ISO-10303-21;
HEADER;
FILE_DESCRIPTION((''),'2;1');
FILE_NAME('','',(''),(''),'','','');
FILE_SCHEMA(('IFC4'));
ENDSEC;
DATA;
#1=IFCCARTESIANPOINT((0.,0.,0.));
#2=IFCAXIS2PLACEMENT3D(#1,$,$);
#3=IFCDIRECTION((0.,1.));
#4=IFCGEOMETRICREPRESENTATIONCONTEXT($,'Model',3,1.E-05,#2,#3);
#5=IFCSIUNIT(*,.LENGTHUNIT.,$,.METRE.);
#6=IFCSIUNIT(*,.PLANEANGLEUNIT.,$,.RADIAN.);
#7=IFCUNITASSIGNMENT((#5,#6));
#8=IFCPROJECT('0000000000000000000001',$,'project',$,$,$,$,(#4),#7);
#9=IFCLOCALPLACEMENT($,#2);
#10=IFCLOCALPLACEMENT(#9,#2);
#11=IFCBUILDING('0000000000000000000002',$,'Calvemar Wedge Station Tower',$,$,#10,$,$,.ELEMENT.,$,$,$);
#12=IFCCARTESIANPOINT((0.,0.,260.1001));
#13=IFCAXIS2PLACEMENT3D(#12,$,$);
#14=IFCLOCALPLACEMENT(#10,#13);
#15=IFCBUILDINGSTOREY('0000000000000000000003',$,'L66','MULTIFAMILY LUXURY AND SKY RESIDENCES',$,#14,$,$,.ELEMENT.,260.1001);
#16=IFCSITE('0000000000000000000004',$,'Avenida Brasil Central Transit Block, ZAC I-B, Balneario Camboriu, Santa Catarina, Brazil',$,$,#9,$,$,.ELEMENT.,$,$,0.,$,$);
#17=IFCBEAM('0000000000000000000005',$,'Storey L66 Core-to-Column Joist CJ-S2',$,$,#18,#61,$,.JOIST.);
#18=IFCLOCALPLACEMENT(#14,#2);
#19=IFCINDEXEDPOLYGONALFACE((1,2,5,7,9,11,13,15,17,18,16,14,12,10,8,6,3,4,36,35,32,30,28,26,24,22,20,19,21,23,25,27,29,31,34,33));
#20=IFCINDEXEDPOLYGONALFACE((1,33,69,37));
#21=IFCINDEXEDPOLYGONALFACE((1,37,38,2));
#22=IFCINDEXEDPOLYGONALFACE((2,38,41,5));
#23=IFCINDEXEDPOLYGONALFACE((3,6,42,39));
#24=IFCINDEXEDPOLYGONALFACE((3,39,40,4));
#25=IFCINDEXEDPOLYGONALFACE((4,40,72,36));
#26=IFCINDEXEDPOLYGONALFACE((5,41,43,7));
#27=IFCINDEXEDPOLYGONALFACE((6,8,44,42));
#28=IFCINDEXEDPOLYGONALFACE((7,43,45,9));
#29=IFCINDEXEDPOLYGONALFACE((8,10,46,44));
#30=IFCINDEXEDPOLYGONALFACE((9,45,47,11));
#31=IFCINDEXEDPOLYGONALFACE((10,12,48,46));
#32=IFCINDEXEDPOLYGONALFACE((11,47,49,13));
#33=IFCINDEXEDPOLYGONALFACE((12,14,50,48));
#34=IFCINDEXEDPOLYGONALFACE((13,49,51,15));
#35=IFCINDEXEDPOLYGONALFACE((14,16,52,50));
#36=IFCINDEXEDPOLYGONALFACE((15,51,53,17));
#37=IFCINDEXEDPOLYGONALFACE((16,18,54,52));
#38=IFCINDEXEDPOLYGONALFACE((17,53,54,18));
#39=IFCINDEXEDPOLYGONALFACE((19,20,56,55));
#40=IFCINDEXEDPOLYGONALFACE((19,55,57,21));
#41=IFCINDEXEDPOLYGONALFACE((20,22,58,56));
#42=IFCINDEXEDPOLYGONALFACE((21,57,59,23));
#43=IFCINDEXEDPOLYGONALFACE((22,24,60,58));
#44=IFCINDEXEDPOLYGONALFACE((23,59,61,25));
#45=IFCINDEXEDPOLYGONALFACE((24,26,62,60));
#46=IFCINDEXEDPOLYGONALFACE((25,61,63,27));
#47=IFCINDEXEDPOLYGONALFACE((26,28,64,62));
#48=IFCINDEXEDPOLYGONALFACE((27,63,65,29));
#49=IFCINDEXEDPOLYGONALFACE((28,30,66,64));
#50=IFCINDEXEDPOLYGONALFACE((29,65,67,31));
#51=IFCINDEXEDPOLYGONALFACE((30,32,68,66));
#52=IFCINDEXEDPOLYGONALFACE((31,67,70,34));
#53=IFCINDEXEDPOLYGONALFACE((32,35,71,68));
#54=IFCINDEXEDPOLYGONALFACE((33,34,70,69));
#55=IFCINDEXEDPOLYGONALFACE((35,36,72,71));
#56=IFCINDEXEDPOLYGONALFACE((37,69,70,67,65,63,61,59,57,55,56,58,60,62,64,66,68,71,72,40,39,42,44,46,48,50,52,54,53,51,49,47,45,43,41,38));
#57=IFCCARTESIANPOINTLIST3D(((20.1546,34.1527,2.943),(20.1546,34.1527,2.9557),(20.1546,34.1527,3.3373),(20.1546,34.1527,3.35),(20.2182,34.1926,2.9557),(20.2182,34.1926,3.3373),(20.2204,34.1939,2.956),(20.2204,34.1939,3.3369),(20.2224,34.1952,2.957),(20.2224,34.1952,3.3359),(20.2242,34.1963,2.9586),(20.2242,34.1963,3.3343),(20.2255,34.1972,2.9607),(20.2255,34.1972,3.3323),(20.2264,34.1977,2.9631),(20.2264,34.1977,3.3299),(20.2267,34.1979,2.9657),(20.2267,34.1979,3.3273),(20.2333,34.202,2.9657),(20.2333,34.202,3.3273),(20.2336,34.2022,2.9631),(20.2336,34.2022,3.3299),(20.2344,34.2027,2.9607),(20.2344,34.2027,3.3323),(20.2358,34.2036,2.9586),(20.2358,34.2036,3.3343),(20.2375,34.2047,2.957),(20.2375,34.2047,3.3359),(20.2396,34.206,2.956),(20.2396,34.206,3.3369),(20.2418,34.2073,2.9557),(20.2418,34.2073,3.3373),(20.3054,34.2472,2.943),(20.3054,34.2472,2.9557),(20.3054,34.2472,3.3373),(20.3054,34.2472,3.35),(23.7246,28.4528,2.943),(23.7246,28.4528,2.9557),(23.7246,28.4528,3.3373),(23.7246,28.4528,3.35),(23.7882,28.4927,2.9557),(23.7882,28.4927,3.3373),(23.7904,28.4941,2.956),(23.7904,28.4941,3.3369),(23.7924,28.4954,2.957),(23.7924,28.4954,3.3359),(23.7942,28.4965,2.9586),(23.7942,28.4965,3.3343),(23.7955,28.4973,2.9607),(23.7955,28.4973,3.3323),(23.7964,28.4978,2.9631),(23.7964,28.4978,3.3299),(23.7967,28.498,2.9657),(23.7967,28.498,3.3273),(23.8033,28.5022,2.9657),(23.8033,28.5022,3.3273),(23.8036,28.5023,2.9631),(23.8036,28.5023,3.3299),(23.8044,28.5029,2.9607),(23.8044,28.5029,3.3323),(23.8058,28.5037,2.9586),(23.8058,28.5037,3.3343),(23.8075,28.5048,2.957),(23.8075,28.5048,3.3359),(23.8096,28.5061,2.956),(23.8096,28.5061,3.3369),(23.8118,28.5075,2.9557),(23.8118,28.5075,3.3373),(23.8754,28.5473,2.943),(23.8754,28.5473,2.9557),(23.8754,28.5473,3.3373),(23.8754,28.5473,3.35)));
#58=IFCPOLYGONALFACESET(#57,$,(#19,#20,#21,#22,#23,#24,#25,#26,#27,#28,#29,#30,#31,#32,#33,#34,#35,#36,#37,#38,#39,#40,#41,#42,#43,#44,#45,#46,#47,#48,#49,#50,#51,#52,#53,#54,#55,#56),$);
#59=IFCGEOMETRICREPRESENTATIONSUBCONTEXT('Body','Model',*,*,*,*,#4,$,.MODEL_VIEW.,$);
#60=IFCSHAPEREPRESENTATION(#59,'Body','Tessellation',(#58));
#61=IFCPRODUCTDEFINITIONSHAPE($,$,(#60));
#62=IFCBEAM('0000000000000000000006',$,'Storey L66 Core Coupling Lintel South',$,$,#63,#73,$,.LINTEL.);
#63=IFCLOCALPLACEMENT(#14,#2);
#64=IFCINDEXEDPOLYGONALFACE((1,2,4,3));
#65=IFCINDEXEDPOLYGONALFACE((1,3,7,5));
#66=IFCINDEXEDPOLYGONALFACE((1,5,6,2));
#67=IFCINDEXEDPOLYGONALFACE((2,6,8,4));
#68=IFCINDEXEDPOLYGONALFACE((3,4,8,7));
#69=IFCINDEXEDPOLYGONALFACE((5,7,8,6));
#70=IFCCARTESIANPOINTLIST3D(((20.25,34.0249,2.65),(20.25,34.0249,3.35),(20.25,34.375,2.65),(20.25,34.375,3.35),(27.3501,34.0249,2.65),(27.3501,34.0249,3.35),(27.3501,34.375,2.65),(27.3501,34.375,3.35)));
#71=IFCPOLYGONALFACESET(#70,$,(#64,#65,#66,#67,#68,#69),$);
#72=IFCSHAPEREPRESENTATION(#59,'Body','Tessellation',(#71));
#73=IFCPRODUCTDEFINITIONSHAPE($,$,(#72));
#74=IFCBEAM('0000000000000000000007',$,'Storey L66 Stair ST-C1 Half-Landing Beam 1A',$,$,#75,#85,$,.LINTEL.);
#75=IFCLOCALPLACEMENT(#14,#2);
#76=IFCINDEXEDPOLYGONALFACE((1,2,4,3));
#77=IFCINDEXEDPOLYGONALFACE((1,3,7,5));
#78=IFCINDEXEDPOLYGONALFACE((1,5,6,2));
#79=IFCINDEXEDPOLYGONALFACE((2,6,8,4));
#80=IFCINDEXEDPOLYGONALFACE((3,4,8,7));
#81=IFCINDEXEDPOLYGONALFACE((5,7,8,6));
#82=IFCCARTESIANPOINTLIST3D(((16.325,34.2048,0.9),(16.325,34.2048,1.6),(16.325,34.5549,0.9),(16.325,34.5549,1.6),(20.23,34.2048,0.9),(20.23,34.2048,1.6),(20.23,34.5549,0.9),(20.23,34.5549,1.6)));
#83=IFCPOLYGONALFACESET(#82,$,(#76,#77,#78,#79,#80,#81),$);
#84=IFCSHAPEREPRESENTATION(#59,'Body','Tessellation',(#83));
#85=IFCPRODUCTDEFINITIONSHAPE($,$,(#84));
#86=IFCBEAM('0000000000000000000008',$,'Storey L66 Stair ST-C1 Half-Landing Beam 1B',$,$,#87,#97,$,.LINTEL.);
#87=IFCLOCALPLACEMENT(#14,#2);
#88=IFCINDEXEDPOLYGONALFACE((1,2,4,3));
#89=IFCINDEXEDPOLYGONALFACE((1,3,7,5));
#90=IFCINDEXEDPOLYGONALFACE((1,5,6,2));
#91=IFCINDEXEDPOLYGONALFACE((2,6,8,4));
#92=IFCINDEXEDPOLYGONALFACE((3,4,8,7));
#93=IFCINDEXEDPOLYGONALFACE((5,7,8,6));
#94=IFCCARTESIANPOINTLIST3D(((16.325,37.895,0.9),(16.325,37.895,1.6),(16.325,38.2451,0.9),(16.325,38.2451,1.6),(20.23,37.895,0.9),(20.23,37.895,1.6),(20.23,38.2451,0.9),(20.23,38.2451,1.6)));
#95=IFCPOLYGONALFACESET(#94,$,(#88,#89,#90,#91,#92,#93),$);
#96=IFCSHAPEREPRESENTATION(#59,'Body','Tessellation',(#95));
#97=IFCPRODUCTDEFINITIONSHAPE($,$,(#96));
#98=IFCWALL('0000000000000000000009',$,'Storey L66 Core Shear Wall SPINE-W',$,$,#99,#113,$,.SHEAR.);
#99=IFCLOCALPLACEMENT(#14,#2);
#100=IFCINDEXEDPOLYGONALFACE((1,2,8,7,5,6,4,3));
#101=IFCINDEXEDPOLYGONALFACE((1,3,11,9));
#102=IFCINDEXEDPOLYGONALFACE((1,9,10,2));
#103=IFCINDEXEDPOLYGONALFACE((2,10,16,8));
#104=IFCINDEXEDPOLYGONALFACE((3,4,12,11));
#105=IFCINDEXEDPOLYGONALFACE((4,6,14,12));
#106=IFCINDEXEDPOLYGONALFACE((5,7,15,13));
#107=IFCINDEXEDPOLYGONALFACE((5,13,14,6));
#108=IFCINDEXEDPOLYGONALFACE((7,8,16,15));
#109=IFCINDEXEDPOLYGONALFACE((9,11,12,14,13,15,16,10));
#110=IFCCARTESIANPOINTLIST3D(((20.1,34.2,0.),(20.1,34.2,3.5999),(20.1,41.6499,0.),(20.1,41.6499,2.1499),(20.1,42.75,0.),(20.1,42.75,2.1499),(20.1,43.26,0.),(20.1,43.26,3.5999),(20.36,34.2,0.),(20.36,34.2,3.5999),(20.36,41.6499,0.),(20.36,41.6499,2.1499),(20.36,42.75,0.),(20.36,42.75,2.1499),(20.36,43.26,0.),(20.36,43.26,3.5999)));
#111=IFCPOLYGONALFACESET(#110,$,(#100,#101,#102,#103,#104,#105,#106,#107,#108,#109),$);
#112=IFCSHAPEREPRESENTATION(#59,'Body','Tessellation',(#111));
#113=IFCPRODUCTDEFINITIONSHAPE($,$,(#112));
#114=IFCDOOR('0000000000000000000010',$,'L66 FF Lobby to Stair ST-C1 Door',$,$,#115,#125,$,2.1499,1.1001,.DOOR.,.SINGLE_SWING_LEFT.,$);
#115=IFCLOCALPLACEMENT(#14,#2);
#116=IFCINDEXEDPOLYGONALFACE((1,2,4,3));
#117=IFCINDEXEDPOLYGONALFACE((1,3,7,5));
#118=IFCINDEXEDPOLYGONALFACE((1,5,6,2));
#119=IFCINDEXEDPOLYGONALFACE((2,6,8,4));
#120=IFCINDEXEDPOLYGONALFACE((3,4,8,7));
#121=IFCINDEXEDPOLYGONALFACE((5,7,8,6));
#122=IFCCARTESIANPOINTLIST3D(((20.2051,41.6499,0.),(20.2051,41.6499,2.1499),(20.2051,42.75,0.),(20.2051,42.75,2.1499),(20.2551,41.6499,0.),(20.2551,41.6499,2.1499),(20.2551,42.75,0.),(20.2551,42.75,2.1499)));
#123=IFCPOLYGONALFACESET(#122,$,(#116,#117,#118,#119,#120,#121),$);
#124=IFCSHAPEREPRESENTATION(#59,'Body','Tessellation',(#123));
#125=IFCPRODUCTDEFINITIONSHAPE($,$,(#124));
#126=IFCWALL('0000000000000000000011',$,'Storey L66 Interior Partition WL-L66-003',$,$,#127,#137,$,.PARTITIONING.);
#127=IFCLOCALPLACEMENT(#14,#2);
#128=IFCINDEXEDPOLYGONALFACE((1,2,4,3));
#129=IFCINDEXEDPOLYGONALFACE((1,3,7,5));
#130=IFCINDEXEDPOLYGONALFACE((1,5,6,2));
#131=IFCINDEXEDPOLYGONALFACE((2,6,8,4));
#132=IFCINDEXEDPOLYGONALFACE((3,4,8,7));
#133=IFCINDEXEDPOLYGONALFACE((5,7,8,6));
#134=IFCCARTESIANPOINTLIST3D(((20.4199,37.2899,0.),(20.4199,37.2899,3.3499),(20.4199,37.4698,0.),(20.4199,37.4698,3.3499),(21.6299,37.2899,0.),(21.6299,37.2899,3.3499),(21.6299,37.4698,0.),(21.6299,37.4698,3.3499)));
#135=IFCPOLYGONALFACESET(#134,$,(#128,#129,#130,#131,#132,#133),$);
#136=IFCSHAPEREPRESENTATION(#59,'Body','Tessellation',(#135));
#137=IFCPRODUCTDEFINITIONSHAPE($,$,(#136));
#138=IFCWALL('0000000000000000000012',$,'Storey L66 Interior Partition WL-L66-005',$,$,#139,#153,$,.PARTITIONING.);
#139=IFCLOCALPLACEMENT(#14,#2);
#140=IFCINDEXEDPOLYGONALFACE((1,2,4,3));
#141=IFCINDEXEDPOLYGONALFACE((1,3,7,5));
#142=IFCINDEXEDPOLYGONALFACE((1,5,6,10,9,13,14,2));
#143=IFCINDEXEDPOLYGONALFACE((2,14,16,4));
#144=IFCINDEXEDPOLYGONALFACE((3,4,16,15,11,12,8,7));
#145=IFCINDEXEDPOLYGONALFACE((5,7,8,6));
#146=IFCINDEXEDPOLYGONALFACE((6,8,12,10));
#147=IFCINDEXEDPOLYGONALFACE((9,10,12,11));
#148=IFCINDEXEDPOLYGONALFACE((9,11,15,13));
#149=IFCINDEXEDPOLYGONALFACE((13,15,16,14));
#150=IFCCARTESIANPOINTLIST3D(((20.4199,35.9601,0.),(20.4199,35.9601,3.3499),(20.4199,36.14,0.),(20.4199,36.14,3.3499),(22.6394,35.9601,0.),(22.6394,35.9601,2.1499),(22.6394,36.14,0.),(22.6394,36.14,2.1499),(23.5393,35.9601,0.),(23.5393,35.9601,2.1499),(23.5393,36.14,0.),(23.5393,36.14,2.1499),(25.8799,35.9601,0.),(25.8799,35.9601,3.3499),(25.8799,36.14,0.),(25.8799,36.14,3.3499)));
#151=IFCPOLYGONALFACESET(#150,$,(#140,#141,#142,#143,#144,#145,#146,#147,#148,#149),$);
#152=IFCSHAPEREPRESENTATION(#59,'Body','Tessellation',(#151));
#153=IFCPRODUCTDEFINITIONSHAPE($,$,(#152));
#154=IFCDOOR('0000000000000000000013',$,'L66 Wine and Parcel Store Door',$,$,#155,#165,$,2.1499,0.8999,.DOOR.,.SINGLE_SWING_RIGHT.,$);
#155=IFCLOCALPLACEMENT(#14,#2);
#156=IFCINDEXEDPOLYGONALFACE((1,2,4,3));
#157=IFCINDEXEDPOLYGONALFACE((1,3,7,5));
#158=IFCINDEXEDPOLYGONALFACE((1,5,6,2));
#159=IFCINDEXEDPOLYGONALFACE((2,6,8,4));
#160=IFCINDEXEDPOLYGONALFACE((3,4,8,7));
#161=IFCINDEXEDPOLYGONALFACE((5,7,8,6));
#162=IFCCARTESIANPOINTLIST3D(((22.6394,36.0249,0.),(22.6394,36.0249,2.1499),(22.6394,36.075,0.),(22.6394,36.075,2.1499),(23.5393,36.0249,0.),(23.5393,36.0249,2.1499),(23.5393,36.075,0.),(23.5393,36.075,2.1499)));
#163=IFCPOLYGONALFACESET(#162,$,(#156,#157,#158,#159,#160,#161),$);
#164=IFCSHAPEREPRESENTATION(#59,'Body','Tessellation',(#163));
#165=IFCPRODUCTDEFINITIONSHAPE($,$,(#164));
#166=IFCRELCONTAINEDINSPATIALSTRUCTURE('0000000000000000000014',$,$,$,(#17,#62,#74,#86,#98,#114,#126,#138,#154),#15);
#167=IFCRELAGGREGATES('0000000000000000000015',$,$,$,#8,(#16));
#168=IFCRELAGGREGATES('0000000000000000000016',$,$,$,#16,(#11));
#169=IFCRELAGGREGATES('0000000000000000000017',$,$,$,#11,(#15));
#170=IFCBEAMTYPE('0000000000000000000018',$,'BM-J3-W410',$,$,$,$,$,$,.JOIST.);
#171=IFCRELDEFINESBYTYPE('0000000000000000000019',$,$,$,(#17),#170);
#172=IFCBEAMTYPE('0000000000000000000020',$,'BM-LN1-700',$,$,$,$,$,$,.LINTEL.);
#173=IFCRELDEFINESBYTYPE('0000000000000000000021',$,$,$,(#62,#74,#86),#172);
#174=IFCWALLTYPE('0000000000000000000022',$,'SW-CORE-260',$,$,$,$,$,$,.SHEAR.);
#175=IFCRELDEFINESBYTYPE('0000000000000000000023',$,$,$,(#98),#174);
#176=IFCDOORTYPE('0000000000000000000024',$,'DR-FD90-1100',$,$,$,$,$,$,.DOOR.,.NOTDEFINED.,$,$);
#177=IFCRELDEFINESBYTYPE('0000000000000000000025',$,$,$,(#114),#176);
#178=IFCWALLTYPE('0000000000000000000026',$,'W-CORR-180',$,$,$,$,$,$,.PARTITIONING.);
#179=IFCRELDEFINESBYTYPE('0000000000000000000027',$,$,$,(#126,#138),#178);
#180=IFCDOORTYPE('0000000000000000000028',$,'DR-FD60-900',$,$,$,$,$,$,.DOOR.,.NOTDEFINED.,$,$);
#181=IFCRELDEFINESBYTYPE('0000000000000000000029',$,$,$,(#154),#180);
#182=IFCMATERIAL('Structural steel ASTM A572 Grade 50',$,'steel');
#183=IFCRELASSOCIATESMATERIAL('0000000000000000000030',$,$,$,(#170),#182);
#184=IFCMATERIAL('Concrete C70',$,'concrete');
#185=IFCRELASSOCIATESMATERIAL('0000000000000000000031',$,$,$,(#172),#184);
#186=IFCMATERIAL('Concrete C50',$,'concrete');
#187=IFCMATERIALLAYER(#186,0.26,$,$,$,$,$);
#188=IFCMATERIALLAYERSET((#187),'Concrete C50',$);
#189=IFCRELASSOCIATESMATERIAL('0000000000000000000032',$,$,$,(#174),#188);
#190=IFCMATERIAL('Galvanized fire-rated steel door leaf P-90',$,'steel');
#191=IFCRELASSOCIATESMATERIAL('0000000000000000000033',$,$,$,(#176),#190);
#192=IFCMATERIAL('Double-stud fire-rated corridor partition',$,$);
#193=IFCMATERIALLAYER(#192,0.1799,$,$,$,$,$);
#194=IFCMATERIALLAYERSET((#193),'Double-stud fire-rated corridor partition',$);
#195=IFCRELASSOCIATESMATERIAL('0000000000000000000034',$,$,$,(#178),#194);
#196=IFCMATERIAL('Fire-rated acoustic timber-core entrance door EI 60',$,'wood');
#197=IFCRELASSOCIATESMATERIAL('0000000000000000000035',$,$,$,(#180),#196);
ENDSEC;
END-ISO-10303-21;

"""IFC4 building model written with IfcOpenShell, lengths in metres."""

from ifc_helpers import new_model, si_unit, direction, frame, frame_2d, origin, origin_2d, place, context, subcontext, project, spatial, rectangle, i_section, extrude, source, transform, mapped, material, layer, layer_set, material_profile, profile_set, type_object, element, fill, save


model = new_model("IFC4")

# Units and contexts
model_context = context("Model", 3, precision=1e-05, world=origin(), true_north=direction((0.0, 1.0)))
body_context = subcontext(model_context, "Body", "Model", "MODEL_VIEW")
ifc_project = project(units=[si_unit("LENGTHUNIT", "METRE"), si_unit("PLANEANGLEUNIT", "RADIAN")], contexts=[model_context])

# Site, building, storey
site_placement = place(None, origin())
site = spatial("IfcSite", under=ifc_project, at=site_placement, Name="Avenida Brasil Central Transit Block, ZAC I-B, Balneario Camboriu, Santa Catarina, Brazil", CompositionType="ELEMENT", RefElevation=0.0)
building_placement = place(site_placement, origin())
building = spatial("IfcBuilding", under=site, at=building_placement, Name="Calvemar Wedge Station Tower", CompositionType="ELEMENT")
storey_placement = place(building_placement, frame((0.0, 0.0, 260.1001)))
storey = spatial("IfcBuildingStorey", under=building, at=storey_placement, Name="L66", Description="MULTIFAMILY LUXURY AND SKY RESIDENCES", CompositionType="ELEMENT", Elevation=260.1001)

# Beams
ifc_material_1 = material(Name="Structural steel ASTM A572 Grade 50", Category="steel")
ifc_material_profile_1 = material_profile(ifc_material_1, i_section(OverallWidth=0.178, OverallDepth=0.407, WebThickness=0.0078, FlangeThickness=0.0127, FilletRadius=0.01, at=origin_2d()), Name="W410x60")
ifc_profile_set_1 = profile_set([ifc_material_profile_1], Name="Structural steel ASTM A572 Grade 50")
beam_type_1 = type_object("IfcBeamType", Name="BM-J3-W410", PredefinedType="JOIST", material=ifc_profile_set_1)
shared_shape_1 = source(origin(), body_context, "Body", "SweptSolid", [
    extrude(i_section(OverallWidth=0.178, OverallDepth=0.407, WebThickness=0.0078, FlangeThickness=0.0127, FilletRadius=0.01, at=origin_2d()), origin(), (0.0, 0.0, 1.0), 6.7256),
])
beam_1_placement = place(storey_placement, frame((20.23, 34.2, 3.1465), z_axis=(0.530811, -0.84749, 0.0), x_axis=(0.84749, 0.530811, 0.0)))
element("IfcBeam", 1, at=beam_1_placement, inside=storey, type_object=beam_type_1, Name="Storey L66 Core-to-Column Joist CJ-S2", PredefinedType="JOIST", context=body_context, shape_type="MappedRepresentation", body=[
    mapped(shared_shape_1, transform((0.0, 0.0, 0.0), scale=1.0)),
])
ifc_material_2 = material(Name="Concrete C70", Category="concrete")
ifc_material_profile_2 = material_profile(ifc_material_2, rectangle(XDim=0.3501, YDim=0.7, at=origin_2d()), Name="RC350x700")
ifc_profile_set_2 = profile_set([ifc_material_profile_2], Name="Concrete C70")
beam_type_2 = type_object("IfcBeamType", Name="BM-LN1-700", PredefinedType="LINTEL", material=ifc_profile_set_2)
shared_shape_2 = source(origin(), body_context, "Body", "SweptSolid", [
    extrude(rectangle(XDim=0.3501, YDim=0.7, at=origin_2d()), origin(), (0.0, 0.0, 1.0), 7.1001),
])
beam_2_placement = place(storey_placement, frame((20.25, 34.2, 3.0), z_axis=(1.0, 0.0, 0.0), x_axis=(0.0, 1.0, 0.0)))
element("IfcBeam", 2, at=beam_2_placement, inside=storey, type_object=beam_type_2, Name="Storey L66 Core Coupling Lintel South", PredefinedType="LINTEL", context=body_context, shape_type="MappedRepresentation", body=[
    mapped(shared_shape_2, transform((0.0, 0.0, 0.0), scale=1.0)),
])
shared_shape_3 = source(origin(), body_context, "Body", "SweptSolid", [
    extrude(rectangle(XDim=0.3501, YDim=0.7, at=origin_2d()), origin(), (0.0, 0.0, 1.0), 3.905),
])
for number, where, z_axis, x_axis, name in (
    (3, (16.325, 34.3799, 1.25), (1.0, 0.0, 0.0), (0.0, 1.0, 0.0), "Storey L66 Stair ST-C1 Half-Landing Beam 1A"),
    (4, (16.325, 38.0701, 1.25), (1.0, 0.0, 0.0), (0.0, 1.0, 0.0), "Storey L66 Stair ST-C1 Half-Landing Beam 1B"),
):
    element("IfcBeam", number, at=place(storey_placement, frame(where, z_axis=z_axis, x_axis=x_axis)), inside=storey, type_object=beam_type_2, Name=name, PredefinedType="LINTEL", context=body_context, shape_type="MappedRepresentation", body=[
        mapped(shared_shape_3, transform((0.0, 0.0, 0.0), scale=1.0)),
    ])

# Wall, opening, door
ifc_material_3 = material(Name="Concrete C50", Category="concrete")
ifc_layer_1 = layer(ifc_material_3, 0.26)
ifc_layer_set_1 = layer_set([ifc_layer_1], Name="Concrete C50")
wall_type_1 = type_object("IfcWallType", Name="SW-CORE-260", PredefinedType="SHEAR", material=ifc_layer_set_1)
wall_1_placement = place(storey_placement, frame((20.23, 34.2, 0.0), z_axis=(0.0, 0.0, 1.0), x_axis=(0.0, 1.0, 0.0)))
wall_1 = element("IfcWall", 5, at=wall_1_placement, inside=storey, type_object=wall_type_1, Name="Storey L66 Core Shear Wall SPINE-W", PredefinedType="SHEAR", context=body_context, shape_type="SweptSolid", body=[
    extrude(rectangle(XDim=9.0601, YDim=0.26, at=frame_2d((4.53, 0.0))), origin(), (0.0, 0.0, 1.0), 3.5999),
])
shared_shape_4 = source(origin(), body_context, "Body", "SweptSolid", [
    extrude(rectangle(XDim=1.1001, YDim=2.1499, at=frame_2d((0.55, 1.075))), frame((0.0, 0.1401, 0.0), z_axis=(0.0, -1.0, 0.0), x_axis=(1.0, 0.0, 0.0)), (0.0, 0.0, 1.0), 0.28),
])
opening_1_placement = place(wall_1_placement, frame((7.45, 0.0, 0.0)))
opening_1 = element("IfcOpeningElement", 6, at=opening_1_placement, cuts=wall_1, PredefinedType="OPENING", context=body_context, shape_type="MappedRepresentation", body=[
    mapped(shared_shape_4, transform((0.0, 0.0, 0.0), scale=1.0)),
])
ifc_material_4 = material(Name="Galvanized fire-rated steel door leaf P-90", Category="steel")
door_type_1 = type_object("IfcDoorType", Name="DR-FD90-1100", OperationType="NOTDEFINED", PredefinedType="DOOR", material=ifc_material_4)
shared_shape_5 = source(origin(), body_context, "Body", "SweptSolid", [
    extrude(rectangle(XDim=1.1001, YDim=2.1499, at=frame_2d((0.55, 1.075))), frame((0.0, 0.0249, 0.0), z_axis=(0.0, -1.0, 0.0), x_axis=(1.0, 0.0, 0.0)), (0.0, 0.0, 1.0), 0.05),
])
door_1_placement = place(opening_1_placement, origin())
door_1 = element("IfcDoor", 7, at=door_1_placement, inside=storey, type_object=door_type_1, Name="L66 FF Lobby to Stair ST-C1 Door", OperationType="SINGLE_SWING_LEFT", OverallHeight=2.1499, OverallWidth=1.1001, PredefinedType="DOOR", context=body_context, shape_type="MappedRepresentation", body=[
    mapped(shared_shape_5, transform((0.0, 0.0, 0.0), scale=1.0)),
])
fill(opening_1, door_1)

# Wall
ifc_material_5 = material(Name="Double-stud fire-rated corridor partition")
ifc_layer_2 = layer(ifc_material_5, 0.1799)
ifc_layer_set_2 = layer_set([ifc_layer_2], Name="Double-stud fire-rated corridor partition")
wall_type_2 = type_object("IfcWallType", Name="W-CORR-180", PredefinedType="PARTITIONING", material=ifc_layer_set_2)
wall_2_placement = place(storey_placement, frame((21.6299, 37.3799, 0.0), z_axis=(0.0, 0.0, 1.0), x_axis=(-1.0, 0.0, 0.0)))
element("IfcWall", 8, at=wall_2_placement, inside=storey, type_object=wall_type_2, Name="Storey L66 Interior Partition WL-L66-003", PredefinedType="PARTITIONING", context=body_context, shape_type="SweptSolid", body=[
    extrude(rectangle(XDim=1.21, YDim=0.1799, at=frame_2d((0.605, 0.0))), origin(), (0.0, 0.0, 1.0), 3.3499),
])

# Wall, opening, door
wall_3_placement = place(storey_placement, frame((20.4199, 36.05, 0.0), z_axis=(0.0, 0.0, 1.0), x_axis=(1.0, 0.0, 0.0)))
wall_3 = element("IfcWall", 9, at=wall_3_placement, inside=storey, type_object=wall_type_2, Name="Storey L66 Interior Partition WL-L66-005", PredefinedType="PARTITIONING", context=body_context, shape_type="SweptSolid", body=[
    extrude(rectangle(XDim=5.46, YDim=0.1799, at=frame_2d((2.73, 0.0))), origin(), (0.0, 0.0, 1.0), 3.3499),
])
shared_shape_6 = source(origin(), body_context, "Body", "SweptSolid", [
    extrude(rectangle(XDim=0.8999, YDim=2.1499, at=frame_2d((0.45, 1.075))), frame((0.0, 0.1001, 0.0), z_axis=(0.0, -1.0, 0.0), x_axis=(1.0, 0.0, 0.0)), (0.0, 0.0, 1.0), 0.2),
])
opening_2_placement = place(wall_3_placement, frame((2.2195, 0.0, 0.0)))
opening_2 = element("IfcOpeningElement", 10, at=opening_2_placement, cuts=wall_3, PredefinedType="OPENING", context=body_context, shape_type="MappedRepresentation", body=[
    mapped(shared_shape_6, transform((0.0, 0.0, 0.0), scale=1.0)),
])
ifc_material_6 = material(Name="Fire-rated acoustic timber-core entrance door EI 60", Category="wood")
door_type_2 = type_object("IfcDoorType", Name="DR-FD60-900", OperationType="NOTDEFINED", PredefinedType="DOOR", material=ifc_material_6)
shared_shape_7 = source(origin(), body_context, "Body", "SweptSolid", [
    extrude(rectangle(XDim=0.8999, YDim=2.1499, at=frame_2d((0.45, 1.075))), frame((0.0, 0.0249, 0.0), z_axis=(0.0, -1.0, 0.0), x_axis=(1.0, 0.0, 0.0)), (0.0, 0.0, 1.0), 0.05),
])
door_2_placement = place(opening_2_placement, origin())
door_2 = element("IfcDoor", 11, at=door_2_placement, inside=storey, type_object=door_type_2, Name="L66 Wine and Parcel Store Door", OperationType="SINGLE_SWING_RIGHT", OverallHeight=2.1499, OverallWidth=0.8999, PredefinedType="DOOR", context=body_context, shape_type="MappedRepresentation", body=[
    mapped(shared_shape_7, transform((0.0, 0.0, 0.0), scale=1.0)),
])
fill(opening_2, door_2)

save(model, "model.ifc")
